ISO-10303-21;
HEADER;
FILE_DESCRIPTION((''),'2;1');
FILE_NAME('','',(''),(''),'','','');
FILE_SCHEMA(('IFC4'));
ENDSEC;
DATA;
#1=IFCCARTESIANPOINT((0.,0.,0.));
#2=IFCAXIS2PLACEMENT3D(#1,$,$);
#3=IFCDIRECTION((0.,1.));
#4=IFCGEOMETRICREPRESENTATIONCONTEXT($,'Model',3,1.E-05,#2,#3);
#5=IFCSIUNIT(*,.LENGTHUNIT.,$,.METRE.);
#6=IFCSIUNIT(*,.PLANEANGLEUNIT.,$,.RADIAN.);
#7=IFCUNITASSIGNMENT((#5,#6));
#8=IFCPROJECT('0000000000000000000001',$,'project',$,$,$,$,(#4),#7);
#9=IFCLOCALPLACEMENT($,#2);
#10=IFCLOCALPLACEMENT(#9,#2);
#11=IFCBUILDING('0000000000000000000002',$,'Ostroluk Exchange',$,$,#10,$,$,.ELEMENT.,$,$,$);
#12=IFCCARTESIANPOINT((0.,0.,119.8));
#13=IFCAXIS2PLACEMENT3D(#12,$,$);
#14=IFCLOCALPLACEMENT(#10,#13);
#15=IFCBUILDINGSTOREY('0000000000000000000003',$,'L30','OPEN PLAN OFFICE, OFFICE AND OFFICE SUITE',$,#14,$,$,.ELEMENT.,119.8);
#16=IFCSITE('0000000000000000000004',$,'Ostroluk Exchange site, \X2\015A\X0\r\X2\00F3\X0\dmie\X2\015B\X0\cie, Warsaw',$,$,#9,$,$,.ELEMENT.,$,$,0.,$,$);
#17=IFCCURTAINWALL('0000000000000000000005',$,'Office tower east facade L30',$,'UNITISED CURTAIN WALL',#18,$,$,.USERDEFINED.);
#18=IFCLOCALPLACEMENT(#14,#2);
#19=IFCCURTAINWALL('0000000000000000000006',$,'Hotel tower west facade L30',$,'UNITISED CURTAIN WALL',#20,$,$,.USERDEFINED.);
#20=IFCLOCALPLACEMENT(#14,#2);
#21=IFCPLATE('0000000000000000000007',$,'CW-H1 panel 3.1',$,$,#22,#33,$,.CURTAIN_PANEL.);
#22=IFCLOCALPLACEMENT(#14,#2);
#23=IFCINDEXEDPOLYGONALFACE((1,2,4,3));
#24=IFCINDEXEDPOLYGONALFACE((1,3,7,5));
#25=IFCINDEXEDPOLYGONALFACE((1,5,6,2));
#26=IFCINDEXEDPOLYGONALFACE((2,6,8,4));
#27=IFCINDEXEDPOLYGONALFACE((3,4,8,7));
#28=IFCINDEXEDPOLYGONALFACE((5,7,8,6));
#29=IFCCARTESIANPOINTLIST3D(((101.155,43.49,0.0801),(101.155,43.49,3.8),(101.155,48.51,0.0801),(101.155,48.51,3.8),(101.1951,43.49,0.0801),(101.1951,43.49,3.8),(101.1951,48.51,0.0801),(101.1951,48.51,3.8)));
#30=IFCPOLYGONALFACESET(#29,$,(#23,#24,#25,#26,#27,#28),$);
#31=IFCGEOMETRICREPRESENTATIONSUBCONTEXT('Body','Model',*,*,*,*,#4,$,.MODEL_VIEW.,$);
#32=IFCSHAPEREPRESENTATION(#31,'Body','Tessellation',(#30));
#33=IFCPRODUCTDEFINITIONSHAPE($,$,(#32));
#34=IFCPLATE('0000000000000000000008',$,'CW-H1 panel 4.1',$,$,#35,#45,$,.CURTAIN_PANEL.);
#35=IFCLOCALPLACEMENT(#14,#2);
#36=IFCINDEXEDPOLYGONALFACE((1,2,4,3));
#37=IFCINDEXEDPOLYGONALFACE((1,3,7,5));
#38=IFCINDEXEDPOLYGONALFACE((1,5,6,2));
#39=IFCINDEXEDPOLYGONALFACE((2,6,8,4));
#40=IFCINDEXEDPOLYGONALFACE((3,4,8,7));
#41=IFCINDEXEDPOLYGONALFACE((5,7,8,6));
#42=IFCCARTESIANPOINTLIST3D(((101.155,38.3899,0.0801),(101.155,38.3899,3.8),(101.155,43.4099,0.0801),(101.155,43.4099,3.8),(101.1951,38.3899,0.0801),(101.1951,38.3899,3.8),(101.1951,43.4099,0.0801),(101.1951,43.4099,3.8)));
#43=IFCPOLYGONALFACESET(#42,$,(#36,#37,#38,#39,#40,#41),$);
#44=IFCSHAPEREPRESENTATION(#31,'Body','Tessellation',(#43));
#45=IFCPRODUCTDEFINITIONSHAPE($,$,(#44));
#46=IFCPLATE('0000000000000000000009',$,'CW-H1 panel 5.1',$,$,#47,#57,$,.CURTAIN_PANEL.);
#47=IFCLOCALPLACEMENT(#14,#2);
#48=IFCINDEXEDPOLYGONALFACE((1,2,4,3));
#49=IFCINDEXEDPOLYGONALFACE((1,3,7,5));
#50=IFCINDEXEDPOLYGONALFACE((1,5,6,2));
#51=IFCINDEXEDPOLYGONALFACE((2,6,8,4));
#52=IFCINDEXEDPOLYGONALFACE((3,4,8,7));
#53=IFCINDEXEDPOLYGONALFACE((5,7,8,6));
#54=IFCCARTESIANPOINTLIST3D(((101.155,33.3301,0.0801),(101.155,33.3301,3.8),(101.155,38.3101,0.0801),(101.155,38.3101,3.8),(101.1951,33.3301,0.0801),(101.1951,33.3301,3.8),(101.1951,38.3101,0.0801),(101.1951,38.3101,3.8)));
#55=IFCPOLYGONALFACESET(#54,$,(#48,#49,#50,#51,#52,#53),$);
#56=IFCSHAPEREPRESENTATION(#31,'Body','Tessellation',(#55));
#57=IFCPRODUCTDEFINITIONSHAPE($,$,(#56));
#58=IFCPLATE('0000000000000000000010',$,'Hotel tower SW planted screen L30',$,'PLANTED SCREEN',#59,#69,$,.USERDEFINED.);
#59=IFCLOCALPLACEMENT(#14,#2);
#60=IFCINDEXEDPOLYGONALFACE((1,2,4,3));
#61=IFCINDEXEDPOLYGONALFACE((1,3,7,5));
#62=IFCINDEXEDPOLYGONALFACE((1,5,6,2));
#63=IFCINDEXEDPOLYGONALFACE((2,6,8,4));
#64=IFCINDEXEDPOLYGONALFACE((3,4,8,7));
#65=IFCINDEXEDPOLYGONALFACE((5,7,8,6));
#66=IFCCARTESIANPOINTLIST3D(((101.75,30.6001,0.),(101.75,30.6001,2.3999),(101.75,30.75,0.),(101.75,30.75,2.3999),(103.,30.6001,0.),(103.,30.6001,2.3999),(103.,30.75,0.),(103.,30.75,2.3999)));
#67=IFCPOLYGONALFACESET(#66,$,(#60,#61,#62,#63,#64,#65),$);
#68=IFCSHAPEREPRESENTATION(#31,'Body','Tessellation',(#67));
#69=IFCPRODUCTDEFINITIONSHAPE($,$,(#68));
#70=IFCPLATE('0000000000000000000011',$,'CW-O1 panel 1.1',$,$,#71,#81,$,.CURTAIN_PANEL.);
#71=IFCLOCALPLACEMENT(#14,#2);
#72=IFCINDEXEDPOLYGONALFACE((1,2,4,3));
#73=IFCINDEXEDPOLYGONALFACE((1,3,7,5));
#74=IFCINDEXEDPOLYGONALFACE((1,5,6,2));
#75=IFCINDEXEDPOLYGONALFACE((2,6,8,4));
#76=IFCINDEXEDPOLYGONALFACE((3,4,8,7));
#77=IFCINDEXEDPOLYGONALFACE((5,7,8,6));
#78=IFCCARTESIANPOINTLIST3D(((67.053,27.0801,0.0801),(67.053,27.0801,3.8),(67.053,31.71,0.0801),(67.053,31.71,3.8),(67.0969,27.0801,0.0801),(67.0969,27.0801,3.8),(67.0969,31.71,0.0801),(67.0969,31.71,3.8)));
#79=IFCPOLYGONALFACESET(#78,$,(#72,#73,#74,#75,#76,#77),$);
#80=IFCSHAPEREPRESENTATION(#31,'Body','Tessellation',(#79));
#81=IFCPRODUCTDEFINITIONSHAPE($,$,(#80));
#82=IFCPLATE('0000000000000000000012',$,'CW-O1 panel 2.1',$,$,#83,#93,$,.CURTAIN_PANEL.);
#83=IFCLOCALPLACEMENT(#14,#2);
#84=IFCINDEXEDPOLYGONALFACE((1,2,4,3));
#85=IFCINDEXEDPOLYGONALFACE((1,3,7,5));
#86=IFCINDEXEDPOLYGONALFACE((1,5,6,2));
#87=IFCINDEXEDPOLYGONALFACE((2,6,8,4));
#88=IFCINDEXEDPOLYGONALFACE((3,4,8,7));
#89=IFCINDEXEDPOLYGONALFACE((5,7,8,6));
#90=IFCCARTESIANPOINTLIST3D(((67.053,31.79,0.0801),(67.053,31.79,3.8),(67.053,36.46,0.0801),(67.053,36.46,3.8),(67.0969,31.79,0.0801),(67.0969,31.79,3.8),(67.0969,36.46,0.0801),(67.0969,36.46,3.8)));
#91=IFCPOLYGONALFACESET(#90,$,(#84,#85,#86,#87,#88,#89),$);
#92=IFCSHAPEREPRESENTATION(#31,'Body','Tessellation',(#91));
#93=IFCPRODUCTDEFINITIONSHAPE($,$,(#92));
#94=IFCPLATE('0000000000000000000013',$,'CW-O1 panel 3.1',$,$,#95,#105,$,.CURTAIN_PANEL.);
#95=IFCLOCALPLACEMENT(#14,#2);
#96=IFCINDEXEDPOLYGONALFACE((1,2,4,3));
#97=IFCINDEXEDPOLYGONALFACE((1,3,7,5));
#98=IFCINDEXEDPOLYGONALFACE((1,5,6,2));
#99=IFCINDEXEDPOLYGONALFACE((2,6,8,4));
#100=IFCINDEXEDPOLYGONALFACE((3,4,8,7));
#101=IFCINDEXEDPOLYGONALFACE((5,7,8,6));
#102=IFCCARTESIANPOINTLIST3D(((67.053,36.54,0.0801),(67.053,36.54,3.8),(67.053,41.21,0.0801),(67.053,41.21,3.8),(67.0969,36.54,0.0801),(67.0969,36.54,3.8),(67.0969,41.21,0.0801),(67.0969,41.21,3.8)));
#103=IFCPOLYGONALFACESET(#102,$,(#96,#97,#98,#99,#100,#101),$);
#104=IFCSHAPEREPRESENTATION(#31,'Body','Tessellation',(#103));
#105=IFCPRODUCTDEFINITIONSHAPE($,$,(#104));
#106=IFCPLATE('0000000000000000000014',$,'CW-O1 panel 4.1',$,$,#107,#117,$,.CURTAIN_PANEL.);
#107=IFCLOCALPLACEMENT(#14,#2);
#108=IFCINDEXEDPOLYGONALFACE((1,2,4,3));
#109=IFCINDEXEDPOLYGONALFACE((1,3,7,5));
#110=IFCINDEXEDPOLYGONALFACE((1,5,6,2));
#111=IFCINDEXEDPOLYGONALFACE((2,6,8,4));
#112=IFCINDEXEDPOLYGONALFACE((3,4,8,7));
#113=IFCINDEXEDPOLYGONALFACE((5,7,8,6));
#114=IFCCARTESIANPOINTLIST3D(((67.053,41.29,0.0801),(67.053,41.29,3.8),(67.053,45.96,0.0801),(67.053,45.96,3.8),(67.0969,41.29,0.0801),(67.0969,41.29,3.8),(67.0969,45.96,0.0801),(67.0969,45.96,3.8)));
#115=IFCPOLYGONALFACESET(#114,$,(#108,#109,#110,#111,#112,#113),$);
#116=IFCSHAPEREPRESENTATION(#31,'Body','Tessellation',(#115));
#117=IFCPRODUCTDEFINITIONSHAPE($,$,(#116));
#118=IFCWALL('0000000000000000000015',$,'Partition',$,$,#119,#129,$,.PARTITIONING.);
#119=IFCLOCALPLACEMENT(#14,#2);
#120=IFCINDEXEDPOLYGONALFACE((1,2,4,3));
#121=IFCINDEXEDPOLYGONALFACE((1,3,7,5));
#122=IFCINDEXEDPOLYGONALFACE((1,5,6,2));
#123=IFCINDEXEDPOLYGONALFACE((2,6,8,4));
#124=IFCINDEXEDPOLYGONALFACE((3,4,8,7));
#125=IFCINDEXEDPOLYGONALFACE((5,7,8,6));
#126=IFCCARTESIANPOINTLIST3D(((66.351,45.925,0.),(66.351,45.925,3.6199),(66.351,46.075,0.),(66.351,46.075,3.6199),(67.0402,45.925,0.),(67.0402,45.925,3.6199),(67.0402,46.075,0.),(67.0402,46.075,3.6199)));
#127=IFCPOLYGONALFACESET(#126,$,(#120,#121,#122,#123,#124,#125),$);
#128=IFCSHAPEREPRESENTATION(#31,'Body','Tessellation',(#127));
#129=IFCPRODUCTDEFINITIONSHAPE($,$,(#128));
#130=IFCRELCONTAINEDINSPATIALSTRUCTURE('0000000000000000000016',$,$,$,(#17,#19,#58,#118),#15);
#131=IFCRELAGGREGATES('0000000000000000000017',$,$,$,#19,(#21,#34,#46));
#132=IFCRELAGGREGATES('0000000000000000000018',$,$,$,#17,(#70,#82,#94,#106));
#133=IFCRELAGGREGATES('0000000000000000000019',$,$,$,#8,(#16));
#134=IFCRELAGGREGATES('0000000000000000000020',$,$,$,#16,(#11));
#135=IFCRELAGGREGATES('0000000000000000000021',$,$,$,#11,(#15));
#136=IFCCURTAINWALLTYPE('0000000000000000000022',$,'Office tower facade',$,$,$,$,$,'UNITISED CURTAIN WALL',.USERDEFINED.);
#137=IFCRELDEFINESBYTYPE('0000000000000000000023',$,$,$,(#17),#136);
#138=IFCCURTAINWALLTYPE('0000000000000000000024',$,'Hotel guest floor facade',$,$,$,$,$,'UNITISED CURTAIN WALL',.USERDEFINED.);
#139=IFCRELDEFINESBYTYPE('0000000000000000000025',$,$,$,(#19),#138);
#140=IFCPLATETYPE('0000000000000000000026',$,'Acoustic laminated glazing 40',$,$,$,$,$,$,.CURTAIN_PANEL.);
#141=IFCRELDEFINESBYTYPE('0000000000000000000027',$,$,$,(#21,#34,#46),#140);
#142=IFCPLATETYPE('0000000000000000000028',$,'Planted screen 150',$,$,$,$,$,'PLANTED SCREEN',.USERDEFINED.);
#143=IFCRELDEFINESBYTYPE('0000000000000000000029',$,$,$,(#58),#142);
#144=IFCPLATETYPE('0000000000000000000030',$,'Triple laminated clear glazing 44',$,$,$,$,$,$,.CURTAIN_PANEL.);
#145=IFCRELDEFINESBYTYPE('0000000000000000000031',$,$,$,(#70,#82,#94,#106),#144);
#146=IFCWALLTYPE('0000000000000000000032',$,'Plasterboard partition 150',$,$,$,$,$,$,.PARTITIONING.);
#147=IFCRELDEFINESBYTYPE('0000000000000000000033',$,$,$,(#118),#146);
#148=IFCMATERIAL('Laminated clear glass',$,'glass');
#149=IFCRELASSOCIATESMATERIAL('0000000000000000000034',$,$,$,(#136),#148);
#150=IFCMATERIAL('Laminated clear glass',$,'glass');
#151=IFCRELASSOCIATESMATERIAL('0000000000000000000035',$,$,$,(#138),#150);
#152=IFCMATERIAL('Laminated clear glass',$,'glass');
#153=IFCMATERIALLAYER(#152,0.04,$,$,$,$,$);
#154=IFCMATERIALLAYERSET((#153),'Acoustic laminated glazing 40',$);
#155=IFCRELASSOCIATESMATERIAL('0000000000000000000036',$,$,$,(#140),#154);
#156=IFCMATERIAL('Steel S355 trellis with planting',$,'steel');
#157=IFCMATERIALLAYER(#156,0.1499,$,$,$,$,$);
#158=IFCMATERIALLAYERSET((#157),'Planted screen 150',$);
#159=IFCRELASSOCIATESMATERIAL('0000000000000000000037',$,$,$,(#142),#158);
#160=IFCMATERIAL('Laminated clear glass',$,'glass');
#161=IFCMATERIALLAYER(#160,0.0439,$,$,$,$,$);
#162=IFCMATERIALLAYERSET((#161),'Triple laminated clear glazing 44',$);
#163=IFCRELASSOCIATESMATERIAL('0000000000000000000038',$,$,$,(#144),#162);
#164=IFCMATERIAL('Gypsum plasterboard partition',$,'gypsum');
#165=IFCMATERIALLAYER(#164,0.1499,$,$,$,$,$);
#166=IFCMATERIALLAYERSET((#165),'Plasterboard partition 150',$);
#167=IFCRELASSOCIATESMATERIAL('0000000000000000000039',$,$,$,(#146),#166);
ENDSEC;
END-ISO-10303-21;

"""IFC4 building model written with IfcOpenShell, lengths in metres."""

from ifc_helpers import new_model, si_unit, direction, frame, frame_2d, origin, origin_2d, place, context, subcontext, project, spatial, rectangle, extrude, material, layer, layer_set, type_object, element, aggregate, save


model = new_model("IFC4")

# Units and contexts
model_context = context("Model", 3, precision=1e-05, world=origin(), true_north=direction((0.0, 1.0)))
body_context = subcontext(model_context, "Body", "Model", "MODEL_VIEW")
ifc_project = project(units=[si_unit("LENGTHUNIT", "METRE"), si_unit("PLANEANGLEUNIT", "RADIAN")], contexts=[model_context])

# Site, building, storey
site_placement = place(None, origin())
site = spatial("IfcSite", under=ifc_project, at=site_placement, Name="Ostroluk Exchange site, Śródmieście, Warsaw", CompositionType="ELEMENT", RefElevation=0.0)
building_placement = place(site_placement, origin())
building = spatial("IfcBuilding", under=site, at=building_placement, Name="Ostroluk Exchange", CompositionType="ELEMENT")
storey_placement = place(building_placement, frame((0.0, 0.0, 119.8)))
storey = spatial("IfcBuildingStorey", under=building, at=storey_placement, Name="L30", Description="OPEN PLAN OFFICE, OFFICE AND OFFICE SUITE", CompositionType="ELEMENT", Elevation=119.8)

# Curtain walls
ifc_material_1 = material(Name="Laminated clear glass", Category="glass")
curtain_wall_type_1 = type_object("IfcCurtainWallType", Name="Office tower facade", ElementType="UNITISED CURTAIN WALL", PredefinedType="USERDEFINED", material=ifc_material_1)
curtain_wall_1_placement = place(storey_placement, origin())
curtain_wall_1 = element("IfcCurtainWall", 1, at=curtain_wall_1_placement, inside=storey, type_object=curtain_wall_type_1, Name="Office tower east facade L30", ObjectType="UNITISED CURTAIN WALL", PredefinedType="USERDEFINED")
ifc_material_2 = material(Name="Laminated clear glass", Category="glass")
curtain_wall_type_2 = type_object("IfcCurtainWallType", Name="Hotel guest floor facade", ElementType="UNITISED CURTAIN WALL", PredefinedType="USERDEFINED", material=ifc_material_2)
curtain_wall_2_placement = place(storey_placement, origin())
curtain_wall_2 = element("IfcCurtainWall", 2, at=curtain_wall_2_placement, inside=storey, type_object=curtain_wall_type_2, Name="Hotel tower west facade L30", ObjectType="UNITISED CURTAIN WALL", PredefinedType="USERDEFINED")

# Plates
ifc_material_3 = material(Name="Laminated clear glass", Category="glass")
ifc_layer_1 = layer(ifc_material_3, 0.04)
ifc_layer_set_1 = layer_set([ifc_layer_1], Name="Acoustic laminated glazing 40")
plate_type_1 = type_object("IfcPlateType", Name="Acoustic laminated glazing 40", PredefinedType="CURTAIN_PANEL", material=ifc_layer_set_1)
plate_1_placement = place(storey_placement, frame((101.175, 46.0, 0.0801), z_axis=(0.0, 0.0, 1.0), x_axis=(0.0, -1.0, 0.0)))
plate_1 = element("IfcPlate", 3, at=plate_1_placement, type_object=plate_type_1, Name="CW-H1 panel 3.1", PredefinedType="CURTAIN_PANEL", context=body_context, shape_type="SweptSolid", body=[
    extrude(rectangle(XDim=5.02, YDim=0.04, at=origin_2d()), origin(), (0.0, 0.0, 1.0), 3.72),
])
plate_2_placement = place(storey_placement, frame((101.175, 40.8999, 0.0801), z_axis=(0.0, 0.0, 1.0), x_axis=(0.0, -1.0, 0.0)))
plate_2 = element("IfcPlate", 4, at=plate_2_placement, type_object=plate_type_1, Name="CW-H1 panel 4.1", PredefinedType="CURTAIN_PANEL", context=body_context, shape_type="SweptSolid", body=[
    extrude(rectangle(XDim=5.02, YDim=0.04, at=origin_2d()), origin(), (0.0, 0.0, 1.0), 3.72),
])
plate_3_placement = place(storey_placement, frame((101.175, 35.8201, 0.0801), z_axis=(0.0, 0.0, 1.0), x_axis=(0.0, -1.0, 0.0)))
plate_3 = element("IfcPlate", 5, at=plate_3_placement, type_object=plate_type_1, Name="CW-H1 panel 5.1", PredefinedType="CURTAIN_PANEL", context=body_context, shape_type="SweptSolid", body=[
    extrude(rectangle(XDim=4.98, YDim=0.04, at=origin_2d()), origin(), (0.0, 0.0, 1.0), 3.72),
])
aggregate(curtain_wall_2, [plate_1, plate_2, plate_3])
ifc_material_4 = material(Name="Steel S355 trellis with planting", Category="steel")
ifc_layer_2 = layer(ifc_material_4, 0.1499)
ifc_layer_set_2 = layer_set([ifc_layer_2], Name="Planted screen 150")
plate_type_2 = type_object("IfcPlateType", Name="Planted screen 150", ElementType="PLANTED SCREEN", PredefinedType="USERDEFINED", material=ifc_layer_set_2)
plate_4_placement = place(storey_placement, frame((102.375, 30.675, 0.0), z_axis=(0.0, 0.0, 1.0), x_axis=(1.0, 0.0, 0.0)))
element("IfcPlate", 6, at=plate_4_placement, inside=storey, type_object=plate_type_2, Name="Hotel tower SW planted screen L30", ObjectType="PLANTED SCREEN", PredefinedType="USERDEFINED", context=body_context, shape_type="SweptSolid", body=[
    extrude(rectangle(XDim=1.25, YDim=0.1499, at=origin_2d()), origin(), (0.0, 0.0, 1.0), 2.3999),
])
ifc_material_5 = material(Name="Laminated clear glass", Category="glass")
ifc_layer_3 = layer(ifc_material_5, 0.0439)
ifc_layer_set_3 = layer_set([ifc_layer_3], Name="Triple laminated clear glazing 44")
plate_type_3 = type_object("IfcPlateType", Name="Triple laminated clear glazing 44", PredefinedType="CURTAIN_PANEL", material=ifc_layer_set_3)
plate_5_placement = place(storey_placement, frame((67.075, 29.395, 0.0801), z_axis=(0.0, 0.0, 1.0), x_axis=(0.0, 1.0, 0.0)))
plate_5 = element("IfcPlate", 7, at=plate_5_placement, type_object=plate_type_3, Name="CW-O1 panel 1.1", PredefinedType="CURTAIN_PANEL", context=body_context, shape_type="SweptSolid", body=[
    extrude(rectangle(XDim=4.6299, YDim=0.0439, at=origin_2d()), origin(), (0.0, 0.0, 1.0), 3.72),
])
plate_6_placement = place(storey_placement, frame((67.075, 34.125, 0.0801), z_axis=(0.0, 0.0, 1.0), x_axis=(0.0, 1.0, 0.0)))
plate_6 = element("IfcPlate", 8, at=plate_6_placement, type_object=plate_type_3, Name="CW-O1 panel 2.1", PredefinedType="CURTAIN_PANEL", context=body_context, shape_type="SweptSolid", body=[
    extrude(rectangle(XDim=4.6699, YDim=0.0439, at=origin_2d()), origin(), (0.0, 0.0, 1.0), 3.72),
])
plate_7_placement = place(storey_placement, frame((67.075, 38.875, 0.0801), z_axis=(0.0, 0.0, 1.0), x_axis=(0.0, 1.0, 0.0)))
plate_7 = element("IfcPlate", 9, at=plate_7_placement, type_object=plate_type_3, Name="CW-O1 panel 3.1", PredefinedType="CURTAIN_PANEL", context=body_context, shape_type="SweptSolid", body=[
    extrude(rectangle(XDim=4.6699, YDim=0.0439, at=origin_2d()), origin(), (0.0, 0.0, 1.0), 3.72),
])
plate_8_placement = place(storey_placement, frame((67.075, 43.625, 0.0801), z_axis=(0.0, 0.0, 1.0), x_axis=(0.0, 1.0, 0.0)))
plate_8 = element("IfcPlate", 10, at=plate_8_placement, type_object=plate_type_3, Name="CW-O1 panel 4.1", PredefinedType="CURTAIN_PANEL", context=body_context, shape_type="SweptSolid", body=[
    extrude(rectangle(XDim=4.6699, YDim=0.0439, at=origin_2d()), origin(), (0.0, 0.0, 1.0), 3.72),
])
aggregate(curtain_wall_1, [plate_5, plate_6, plate_7, plate_8])

# Wall
ifc_material_6 = material(Name="Gypsum plasterboard partition", Category="gypsum")
ifc_layer_4 = layer(ifc_material_6, 0.1499)
ifc_layer_set_4 = layer_set([ifc_layer_4], Name="Plasterboard partition 150")
wall_type = type_object("IfcWallType", Name="Plasterboard partition 150", PredefinedType="PARTITIONING", material=ifc_layer_set_4)
wall_placement = place(storey_placement, frame((66.3508, 46.0, 0.0), z_axis=(0.0, 0.0, 1.0), x_axis=(1.0, 0.0, 0.0)))
element("IfcWall", 11, at=wall_placement, inside=storey, type_object=wall_type, Name="Partition", PredefinedType="PARTITIONING", context=body_context, shape_type="SweptSolid", body=[
    extrude(rectangle(XDim=0.6892, YDim=0.1499, at=frame_2d((0.3447, 0.0))), origin(), (0.0, 0.0, 1.0), 3.6199),
])

save(model, "model.ifc")
